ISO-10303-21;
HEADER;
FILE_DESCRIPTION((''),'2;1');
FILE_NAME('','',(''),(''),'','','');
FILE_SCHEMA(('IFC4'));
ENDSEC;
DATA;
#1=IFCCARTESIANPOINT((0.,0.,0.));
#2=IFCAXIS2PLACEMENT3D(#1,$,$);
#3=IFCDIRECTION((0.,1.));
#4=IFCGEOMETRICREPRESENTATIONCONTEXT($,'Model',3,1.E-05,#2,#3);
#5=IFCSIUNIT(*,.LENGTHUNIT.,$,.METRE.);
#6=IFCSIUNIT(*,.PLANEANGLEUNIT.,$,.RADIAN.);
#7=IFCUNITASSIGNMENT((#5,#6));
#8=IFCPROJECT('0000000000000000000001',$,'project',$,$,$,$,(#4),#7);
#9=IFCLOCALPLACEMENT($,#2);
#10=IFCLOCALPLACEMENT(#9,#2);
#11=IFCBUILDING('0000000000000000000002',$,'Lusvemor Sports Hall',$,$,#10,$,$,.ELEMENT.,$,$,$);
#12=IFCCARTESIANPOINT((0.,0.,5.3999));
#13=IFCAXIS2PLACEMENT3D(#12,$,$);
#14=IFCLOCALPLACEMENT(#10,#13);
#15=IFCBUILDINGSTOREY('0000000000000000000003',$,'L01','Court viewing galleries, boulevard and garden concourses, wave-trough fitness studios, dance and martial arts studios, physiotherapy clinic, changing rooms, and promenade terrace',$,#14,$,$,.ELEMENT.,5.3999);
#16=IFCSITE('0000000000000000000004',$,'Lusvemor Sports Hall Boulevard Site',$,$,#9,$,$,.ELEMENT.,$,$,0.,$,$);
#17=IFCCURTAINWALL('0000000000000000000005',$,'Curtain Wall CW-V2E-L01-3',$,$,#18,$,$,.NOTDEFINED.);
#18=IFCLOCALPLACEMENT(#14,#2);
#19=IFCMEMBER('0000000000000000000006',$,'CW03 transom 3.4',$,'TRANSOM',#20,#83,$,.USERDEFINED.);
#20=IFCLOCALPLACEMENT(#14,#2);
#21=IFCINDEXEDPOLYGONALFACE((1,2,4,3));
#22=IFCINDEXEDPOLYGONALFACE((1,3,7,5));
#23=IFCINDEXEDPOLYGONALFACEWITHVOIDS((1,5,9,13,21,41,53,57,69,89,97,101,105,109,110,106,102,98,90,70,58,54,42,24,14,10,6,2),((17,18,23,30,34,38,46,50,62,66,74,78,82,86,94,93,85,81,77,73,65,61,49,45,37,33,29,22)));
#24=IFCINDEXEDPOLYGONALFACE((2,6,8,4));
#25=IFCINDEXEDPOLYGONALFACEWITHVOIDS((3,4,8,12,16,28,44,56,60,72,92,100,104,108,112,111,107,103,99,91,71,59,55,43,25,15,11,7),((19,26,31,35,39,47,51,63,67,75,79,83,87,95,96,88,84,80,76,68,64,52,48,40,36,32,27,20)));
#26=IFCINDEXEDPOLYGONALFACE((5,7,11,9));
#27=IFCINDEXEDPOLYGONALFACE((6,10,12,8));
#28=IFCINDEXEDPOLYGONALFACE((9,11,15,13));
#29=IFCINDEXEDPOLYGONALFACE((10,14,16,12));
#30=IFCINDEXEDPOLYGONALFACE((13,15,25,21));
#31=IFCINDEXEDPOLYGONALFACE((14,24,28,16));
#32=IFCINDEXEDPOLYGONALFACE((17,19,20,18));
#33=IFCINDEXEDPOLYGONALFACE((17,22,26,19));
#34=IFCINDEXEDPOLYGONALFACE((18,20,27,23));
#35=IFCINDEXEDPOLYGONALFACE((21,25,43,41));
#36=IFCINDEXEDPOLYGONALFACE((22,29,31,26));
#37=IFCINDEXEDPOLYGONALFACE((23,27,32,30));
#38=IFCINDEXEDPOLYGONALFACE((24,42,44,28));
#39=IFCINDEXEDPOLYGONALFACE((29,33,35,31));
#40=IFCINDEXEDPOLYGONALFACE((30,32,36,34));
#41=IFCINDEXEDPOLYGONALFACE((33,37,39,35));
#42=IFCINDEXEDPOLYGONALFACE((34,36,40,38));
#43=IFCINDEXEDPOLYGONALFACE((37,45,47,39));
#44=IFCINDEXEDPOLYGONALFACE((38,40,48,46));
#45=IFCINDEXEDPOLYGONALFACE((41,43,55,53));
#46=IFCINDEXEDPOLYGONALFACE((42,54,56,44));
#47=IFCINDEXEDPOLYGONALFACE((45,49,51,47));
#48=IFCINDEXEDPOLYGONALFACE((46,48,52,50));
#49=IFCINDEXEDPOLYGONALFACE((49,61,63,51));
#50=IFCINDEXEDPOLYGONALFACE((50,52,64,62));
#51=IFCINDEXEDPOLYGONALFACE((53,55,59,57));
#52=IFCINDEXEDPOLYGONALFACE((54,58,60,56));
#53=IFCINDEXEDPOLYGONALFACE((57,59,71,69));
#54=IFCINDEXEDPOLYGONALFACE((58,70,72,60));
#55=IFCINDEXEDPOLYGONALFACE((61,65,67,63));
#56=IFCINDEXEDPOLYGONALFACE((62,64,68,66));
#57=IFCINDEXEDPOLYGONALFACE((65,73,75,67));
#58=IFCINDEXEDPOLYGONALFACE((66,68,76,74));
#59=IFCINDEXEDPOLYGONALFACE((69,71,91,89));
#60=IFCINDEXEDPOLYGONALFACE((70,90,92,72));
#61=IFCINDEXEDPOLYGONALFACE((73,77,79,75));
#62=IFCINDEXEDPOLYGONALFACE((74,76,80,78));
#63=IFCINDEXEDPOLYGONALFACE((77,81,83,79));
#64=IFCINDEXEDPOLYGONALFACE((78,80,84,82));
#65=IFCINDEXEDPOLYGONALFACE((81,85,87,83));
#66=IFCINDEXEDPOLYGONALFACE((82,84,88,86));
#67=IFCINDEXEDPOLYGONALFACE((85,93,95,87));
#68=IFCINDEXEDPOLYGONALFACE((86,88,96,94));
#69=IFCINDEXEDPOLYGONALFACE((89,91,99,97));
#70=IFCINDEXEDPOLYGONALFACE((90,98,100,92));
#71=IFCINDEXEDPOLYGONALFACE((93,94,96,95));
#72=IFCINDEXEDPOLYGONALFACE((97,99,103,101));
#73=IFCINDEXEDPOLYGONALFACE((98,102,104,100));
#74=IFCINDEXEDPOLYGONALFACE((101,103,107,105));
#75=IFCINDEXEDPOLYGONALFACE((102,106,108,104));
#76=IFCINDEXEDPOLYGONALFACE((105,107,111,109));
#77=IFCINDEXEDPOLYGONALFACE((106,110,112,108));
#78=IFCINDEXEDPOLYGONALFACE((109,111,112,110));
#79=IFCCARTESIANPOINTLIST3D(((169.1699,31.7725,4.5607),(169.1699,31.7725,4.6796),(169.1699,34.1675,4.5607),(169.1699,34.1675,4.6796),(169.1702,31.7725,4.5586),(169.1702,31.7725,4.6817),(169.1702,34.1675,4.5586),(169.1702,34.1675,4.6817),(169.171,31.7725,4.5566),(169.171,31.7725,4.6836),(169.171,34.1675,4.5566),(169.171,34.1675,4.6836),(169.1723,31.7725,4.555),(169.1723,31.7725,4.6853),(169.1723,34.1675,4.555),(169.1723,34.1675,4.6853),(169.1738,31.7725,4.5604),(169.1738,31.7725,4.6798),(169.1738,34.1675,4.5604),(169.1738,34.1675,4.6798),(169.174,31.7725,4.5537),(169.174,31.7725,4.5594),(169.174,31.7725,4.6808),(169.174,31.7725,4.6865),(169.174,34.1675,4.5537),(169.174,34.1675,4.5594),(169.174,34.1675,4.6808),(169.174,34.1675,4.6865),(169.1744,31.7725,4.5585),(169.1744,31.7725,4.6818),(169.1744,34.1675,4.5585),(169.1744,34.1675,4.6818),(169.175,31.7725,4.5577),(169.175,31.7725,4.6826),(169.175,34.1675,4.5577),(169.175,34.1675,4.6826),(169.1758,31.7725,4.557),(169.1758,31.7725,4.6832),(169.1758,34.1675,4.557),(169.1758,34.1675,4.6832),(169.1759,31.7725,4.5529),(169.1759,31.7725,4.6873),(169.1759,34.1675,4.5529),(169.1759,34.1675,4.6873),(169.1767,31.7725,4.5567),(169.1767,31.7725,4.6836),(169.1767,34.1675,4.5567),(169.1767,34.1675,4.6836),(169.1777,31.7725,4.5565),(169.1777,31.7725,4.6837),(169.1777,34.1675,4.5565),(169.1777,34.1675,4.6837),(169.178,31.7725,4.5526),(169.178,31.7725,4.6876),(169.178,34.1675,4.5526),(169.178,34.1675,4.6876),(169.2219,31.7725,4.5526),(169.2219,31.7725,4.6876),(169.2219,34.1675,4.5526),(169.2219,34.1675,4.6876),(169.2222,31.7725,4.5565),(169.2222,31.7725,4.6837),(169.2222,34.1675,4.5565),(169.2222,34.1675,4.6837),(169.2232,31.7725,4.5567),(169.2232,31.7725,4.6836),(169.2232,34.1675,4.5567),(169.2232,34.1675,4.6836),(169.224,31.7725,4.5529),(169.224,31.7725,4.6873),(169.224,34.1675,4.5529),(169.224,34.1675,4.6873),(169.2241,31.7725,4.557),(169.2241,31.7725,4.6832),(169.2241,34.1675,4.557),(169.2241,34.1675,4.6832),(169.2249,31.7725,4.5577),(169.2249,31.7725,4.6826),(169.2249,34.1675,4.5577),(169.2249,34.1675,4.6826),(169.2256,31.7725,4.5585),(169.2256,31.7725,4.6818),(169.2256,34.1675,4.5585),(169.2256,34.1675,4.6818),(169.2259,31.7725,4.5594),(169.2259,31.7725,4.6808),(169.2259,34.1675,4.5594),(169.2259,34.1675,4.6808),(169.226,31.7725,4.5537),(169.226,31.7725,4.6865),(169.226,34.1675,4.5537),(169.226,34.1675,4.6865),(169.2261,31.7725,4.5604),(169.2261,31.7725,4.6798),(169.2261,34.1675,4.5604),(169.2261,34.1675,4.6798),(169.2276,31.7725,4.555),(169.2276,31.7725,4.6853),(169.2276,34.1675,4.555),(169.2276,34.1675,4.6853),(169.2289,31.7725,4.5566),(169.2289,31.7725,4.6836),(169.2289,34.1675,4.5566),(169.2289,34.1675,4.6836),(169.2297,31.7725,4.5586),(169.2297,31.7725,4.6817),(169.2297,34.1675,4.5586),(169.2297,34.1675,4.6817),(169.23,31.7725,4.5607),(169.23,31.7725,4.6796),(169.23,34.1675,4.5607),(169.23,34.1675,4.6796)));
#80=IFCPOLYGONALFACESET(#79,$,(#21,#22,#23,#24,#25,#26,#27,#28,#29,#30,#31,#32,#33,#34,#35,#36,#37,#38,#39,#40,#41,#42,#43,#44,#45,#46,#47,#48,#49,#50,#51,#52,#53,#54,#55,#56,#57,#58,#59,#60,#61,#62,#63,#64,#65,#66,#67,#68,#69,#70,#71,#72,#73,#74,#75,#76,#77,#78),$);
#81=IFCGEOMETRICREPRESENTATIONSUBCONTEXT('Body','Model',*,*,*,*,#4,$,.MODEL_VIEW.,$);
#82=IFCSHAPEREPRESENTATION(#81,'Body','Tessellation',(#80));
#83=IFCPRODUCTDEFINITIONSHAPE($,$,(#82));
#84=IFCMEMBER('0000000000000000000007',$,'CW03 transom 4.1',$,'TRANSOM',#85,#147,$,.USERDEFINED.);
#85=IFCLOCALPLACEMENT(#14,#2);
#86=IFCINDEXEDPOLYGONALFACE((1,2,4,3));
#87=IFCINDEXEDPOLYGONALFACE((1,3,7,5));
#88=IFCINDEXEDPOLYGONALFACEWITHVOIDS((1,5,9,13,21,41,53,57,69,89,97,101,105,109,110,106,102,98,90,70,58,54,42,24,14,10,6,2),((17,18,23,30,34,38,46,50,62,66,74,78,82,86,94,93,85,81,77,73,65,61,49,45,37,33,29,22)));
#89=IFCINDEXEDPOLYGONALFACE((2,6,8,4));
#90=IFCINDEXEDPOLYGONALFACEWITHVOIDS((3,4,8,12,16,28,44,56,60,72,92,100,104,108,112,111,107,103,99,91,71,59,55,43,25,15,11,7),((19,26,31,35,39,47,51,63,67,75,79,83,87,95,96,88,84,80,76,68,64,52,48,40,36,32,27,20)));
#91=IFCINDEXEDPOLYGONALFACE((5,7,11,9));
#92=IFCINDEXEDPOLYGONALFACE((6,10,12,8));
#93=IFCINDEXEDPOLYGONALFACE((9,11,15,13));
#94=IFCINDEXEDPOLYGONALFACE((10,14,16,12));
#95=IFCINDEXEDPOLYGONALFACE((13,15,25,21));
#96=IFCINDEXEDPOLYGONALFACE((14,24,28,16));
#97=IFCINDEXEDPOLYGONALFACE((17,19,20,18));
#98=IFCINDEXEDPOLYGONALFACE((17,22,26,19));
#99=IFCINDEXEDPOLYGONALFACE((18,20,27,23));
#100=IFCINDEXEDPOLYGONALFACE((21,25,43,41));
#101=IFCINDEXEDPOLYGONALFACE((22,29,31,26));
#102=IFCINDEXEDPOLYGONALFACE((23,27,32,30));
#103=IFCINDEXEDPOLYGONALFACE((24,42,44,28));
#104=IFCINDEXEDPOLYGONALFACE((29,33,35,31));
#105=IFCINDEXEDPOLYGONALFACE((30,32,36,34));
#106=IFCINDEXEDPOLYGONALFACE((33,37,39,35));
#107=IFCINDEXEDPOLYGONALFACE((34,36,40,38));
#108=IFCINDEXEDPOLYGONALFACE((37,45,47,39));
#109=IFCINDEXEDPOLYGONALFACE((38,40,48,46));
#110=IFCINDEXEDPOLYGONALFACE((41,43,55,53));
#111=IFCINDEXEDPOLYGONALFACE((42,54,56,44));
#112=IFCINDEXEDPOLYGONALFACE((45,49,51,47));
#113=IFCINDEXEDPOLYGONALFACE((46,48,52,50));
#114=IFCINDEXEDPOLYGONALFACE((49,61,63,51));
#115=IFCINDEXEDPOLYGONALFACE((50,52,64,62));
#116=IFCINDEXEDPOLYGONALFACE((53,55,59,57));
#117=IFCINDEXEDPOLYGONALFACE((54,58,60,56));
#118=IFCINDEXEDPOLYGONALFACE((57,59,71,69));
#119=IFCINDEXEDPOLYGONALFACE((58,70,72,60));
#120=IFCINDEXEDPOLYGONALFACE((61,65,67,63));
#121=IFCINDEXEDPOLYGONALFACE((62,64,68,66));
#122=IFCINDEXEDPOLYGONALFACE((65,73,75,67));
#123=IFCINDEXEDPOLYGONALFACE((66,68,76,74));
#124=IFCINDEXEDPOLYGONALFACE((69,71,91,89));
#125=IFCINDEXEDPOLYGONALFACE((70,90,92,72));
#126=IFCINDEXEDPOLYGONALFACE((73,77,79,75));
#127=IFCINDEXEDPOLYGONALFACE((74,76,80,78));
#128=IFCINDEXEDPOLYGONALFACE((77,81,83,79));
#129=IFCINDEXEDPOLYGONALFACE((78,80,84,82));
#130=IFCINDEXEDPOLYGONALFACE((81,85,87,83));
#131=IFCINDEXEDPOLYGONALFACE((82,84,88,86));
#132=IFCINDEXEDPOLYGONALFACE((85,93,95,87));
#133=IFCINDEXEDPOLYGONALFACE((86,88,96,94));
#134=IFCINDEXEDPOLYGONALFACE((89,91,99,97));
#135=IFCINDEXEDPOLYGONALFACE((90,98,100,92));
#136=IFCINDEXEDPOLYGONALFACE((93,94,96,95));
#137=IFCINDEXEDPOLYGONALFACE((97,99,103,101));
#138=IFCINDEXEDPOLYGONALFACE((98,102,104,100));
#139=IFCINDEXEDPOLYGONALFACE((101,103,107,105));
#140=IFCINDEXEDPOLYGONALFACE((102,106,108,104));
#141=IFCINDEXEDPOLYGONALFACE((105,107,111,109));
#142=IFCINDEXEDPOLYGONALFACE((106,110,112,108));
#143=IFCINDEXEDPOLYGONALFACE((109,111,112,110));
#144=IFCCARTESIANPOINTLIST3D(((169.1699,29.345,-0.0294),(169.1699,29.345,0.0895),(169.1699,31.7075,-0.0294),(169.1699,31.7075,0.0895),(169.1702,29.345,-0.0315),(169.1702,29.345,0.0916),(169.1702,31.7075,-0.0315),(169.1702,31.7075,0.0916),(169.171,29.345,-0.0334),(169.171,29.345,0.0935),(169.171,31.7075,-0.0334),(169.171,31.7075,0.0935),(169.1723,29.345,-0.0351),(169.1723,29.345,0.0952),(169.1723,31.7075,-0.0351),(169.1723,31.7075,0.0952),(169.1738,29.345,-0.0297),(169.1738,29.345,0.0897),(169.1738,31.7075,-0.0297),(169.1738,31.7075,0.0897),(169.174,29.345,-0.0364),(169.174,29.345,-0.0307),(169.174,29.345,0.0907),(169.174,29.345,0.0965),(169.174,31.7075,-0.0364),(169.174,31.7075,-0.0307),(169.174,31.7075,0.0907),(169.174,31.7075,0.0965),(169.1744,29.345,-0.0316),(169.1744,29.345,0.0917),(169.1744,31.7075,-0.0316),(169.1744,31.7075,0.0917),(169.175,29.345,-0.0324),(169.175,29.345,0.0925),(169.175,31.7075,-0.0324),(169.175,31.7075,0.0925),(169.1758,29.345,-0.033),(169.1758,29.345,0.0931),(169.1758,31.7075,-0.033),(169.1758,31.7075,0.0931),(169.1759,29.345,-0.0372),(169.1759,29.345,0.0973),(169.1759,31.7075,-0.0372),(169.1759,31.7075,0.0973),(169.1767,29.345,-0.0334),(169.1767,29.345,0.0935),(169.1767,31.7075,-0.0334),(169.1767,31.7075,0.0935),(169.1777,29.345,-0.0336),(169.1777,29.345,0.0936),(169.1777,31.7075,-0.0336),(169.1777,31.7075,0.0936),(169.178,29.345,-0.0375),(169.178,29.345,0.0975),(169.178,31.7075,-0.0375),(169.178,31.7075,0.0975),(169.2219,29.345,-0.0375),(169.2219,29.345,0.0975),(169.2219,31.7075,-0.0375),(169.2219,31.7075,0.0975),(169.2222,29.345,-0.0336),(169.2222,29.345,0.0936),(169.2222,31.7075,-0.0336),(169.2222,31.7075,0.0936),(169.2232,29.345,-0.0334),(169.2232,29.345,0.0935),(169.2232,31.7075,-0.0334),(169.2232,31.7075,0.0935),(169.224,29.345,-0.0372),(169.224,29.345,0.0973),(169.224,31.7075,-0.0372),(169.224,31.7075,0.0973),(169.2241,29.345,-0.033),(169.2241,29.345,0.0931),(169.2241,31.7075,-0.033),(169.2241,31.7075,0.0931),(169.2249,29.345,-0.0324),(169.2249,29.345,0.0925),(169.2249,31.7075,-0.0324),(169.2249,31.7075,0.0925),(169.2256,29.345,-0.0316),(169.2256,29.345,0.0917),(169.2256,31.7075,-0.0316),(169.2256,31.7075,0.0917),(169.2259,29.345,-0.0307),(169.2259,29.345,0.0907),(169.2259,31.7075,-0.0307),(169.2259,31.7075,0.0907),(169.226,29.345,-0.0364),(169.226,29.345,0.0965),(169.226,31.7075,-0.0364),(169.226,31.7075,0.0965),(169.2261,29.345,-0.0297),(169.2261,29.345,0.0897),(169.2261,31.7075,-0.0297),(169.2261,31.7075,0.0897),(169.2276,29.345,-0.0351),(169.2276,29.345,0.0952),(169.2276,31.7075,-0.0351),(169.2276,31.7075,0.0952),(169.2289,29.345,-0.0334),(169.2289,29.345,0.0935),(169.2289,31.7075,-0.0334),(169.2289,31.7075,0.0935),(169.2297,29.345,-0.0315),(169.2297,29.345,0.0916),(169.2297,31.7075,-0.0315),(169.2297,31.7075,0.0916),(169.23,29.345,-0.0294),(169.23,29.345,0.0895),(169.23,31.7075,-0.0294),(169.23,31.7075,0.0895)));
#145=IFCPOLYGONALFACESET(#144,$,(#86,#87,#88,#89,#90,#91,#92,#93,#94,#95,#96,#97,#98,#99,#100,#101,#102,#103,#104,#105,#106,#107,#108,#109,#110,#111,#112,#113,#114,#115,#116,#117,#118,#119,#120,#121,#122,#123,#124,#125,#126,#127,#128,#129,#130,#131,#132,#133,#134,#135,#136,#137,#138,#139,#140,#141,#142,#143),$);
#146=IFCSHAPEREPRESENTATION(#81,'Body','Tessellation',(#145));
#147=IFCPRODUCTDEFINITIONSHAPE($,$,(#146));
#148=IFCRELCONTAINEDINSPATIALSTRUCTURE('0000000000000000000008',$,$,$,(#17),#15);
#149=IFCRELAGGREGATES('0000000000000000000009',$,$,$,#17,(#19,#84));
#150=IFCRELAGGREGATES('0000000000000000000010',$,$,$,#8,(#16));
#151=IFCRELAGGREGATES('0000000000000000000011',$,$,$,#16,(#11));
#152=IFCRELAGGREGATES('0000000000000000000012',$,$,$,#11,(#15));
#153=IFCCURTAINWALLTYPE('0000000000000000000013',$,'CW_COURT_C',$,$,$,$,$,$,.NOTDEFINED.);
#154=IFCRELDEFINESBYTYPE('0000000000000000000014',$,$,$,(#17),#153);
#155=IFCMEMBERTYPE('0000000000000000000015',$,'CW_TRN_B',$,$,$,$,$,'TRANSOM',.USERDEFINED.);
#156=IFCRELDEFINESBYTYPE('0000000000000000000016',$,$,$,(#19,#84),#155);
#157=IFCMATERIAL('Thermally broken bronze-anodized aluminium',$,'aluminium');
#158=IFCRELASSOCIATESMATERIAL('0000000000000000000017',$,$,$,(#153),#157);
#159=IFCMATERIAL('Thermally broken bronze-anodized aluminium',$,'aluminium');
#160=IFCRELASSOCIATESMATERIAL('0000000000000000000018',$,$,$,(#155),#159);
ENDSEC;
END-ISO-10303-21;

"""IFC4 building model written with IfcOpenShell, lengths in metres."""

from ifc_helpers import new_model, si_unit, direction, frame, origin, origin_2d, place, context, subcontext, project, spatial, hollow_rectangle, extrude, material, material_profile, profile_set, type_object, element, aggregate, save


model = new_model("IFC4")

# Units and contexts
model_context = context("Model", 3, precision=1e-05, world=origin(), true_north=direction((0.0, 1.0)))
body_context = subcontext(model_context, "Body", "Model", "MODEL_VIEW")
ifc_project = project(units=[si_unit("LENGTHUNIT", "METRE"), si_unit("PLANEANGLEUNIT", "RADIAN")], contexts=[model_context])

# Site, building, storey
site_placement = place(None, origin())
site = spatial("IfcSite", under=ifc_project, at=site_placement, Name="Lusvemor Sports Hall Boulevard Site", CompositionType="ELEMENT", RefElevation=0.0)
building_placement = place(site_placement, origin())
building = spatial("IfcBuilding", under=site, at=building_placement, Name="Lusvemor Sports Hall", CompositionType="ELEMENT")
storey_placement = place(building_placement, frame((0.0, 0.0, 5.3999)))
storey = spatial("IfcBuildingStorey", under=building, at=storey_placement, Name="L01", Description="Court viewing galleries, boulevard and garden concourses, wave-trough fitness studios, dance and martial arts studios, physiotherapy clinic, changing rooms, and promenade terrace", CompositionType="ELEMENT", Elevation=5.3999)

# Shared definitions
ifc_material_1 = material(Name="Thermally broken bronze-anodized aluminium", Category="aluminium")
curtain_wall_type = type_object("IfcCurtainWallType", Name="CW_COURT_C", PredefinedType="NOTDEFINED", material=ifc_material_1)

# Curtain wall, members
curtain_wall_1_placement = place(storey_placement, origin())
curtain_wall_1 = element("IfcCurtainWall", 1, at=curtain_wall_1_placement, inside=storey, type_object=curtain_wall_type, Name="Curtain Wall CW-V2E-L01-3", PredefinedType="NOTDEFINED")
ifc_material_2 = material(Name="Thermally broken bronze-anodized aluminium", Category="aluminium")
ifc_material_profile_1 = material_profile(ifc_material_2, hollow_rectangle(XDim=0.0601, YDim=0.135, WallThickness=0.0039, InnerFilletRadius=0.0039, OuterFilletRadius=0.0081, at=origin_2d()), Name="CWTRN135x60x4")
ifc_profile_set_1 = profile_set([ifc_material_profile_1], Name="Thermally broken bronze-anodized aluminium")
member_type_1 = type_object("IfcMemberType", Name="CW_TRN_B", ElementType="TRANSOM", PredefinedType="USERDEFINED", material=ifc_profile_set_1)
member_1_placement = place(storey_placement, frame((169.2, 34.1675, 4.6201), z_axis=(0.0, -1.0, 0.0), x_axis=(1.0, 0.0, 0.0)))
member_1 = element("IfcMember", 2, at=member_1_placement, type_object=member_type_1, Name="CW03 transom 3.4", ObjectType="TRANSOM", PredefinedType="USERDEFINED", context=body_context, shape_type="SweptSolid", body=[
    extrude(hollow_rectangle(XDim=0.0601, YDim=0.135, WallThickness=0.0039, InnerFilletRadius=0.0039, OuterFilletRadius=0.0081, at=origin_2d()), origin(), (0.0, 0.0, 1.0), 2.395),
])
member_2_placement = place(storey_placement, frame((169.2, 31.7075, 0.03), z_axis=(0.0, -1.0, 0.0), x_axis=(1.0, 0.0, 0.0)))
member_2 = element("IfcMember", 3, at=member_2_placement, type_object=member_type_1, Name="CW03 transom 4.1", ObjectType="TRANSOM", PredefinedType="USERDEFINED", context=body_context, shape_type="SweptSolid", body=[
    extrude(hollow_rectangle(XDim=0.0601, YDim=0.135, WallThickness=0.0039, InnerFilletRadius=0.0039, OuterFilletRadius=0.0081, at=origin_2d()), origin(), (0.0, 0.0, 1.0), 2.3625),
])

aggregate(curtain_wall_1, [member_1, member_2])

save(model, "model.ifc")
